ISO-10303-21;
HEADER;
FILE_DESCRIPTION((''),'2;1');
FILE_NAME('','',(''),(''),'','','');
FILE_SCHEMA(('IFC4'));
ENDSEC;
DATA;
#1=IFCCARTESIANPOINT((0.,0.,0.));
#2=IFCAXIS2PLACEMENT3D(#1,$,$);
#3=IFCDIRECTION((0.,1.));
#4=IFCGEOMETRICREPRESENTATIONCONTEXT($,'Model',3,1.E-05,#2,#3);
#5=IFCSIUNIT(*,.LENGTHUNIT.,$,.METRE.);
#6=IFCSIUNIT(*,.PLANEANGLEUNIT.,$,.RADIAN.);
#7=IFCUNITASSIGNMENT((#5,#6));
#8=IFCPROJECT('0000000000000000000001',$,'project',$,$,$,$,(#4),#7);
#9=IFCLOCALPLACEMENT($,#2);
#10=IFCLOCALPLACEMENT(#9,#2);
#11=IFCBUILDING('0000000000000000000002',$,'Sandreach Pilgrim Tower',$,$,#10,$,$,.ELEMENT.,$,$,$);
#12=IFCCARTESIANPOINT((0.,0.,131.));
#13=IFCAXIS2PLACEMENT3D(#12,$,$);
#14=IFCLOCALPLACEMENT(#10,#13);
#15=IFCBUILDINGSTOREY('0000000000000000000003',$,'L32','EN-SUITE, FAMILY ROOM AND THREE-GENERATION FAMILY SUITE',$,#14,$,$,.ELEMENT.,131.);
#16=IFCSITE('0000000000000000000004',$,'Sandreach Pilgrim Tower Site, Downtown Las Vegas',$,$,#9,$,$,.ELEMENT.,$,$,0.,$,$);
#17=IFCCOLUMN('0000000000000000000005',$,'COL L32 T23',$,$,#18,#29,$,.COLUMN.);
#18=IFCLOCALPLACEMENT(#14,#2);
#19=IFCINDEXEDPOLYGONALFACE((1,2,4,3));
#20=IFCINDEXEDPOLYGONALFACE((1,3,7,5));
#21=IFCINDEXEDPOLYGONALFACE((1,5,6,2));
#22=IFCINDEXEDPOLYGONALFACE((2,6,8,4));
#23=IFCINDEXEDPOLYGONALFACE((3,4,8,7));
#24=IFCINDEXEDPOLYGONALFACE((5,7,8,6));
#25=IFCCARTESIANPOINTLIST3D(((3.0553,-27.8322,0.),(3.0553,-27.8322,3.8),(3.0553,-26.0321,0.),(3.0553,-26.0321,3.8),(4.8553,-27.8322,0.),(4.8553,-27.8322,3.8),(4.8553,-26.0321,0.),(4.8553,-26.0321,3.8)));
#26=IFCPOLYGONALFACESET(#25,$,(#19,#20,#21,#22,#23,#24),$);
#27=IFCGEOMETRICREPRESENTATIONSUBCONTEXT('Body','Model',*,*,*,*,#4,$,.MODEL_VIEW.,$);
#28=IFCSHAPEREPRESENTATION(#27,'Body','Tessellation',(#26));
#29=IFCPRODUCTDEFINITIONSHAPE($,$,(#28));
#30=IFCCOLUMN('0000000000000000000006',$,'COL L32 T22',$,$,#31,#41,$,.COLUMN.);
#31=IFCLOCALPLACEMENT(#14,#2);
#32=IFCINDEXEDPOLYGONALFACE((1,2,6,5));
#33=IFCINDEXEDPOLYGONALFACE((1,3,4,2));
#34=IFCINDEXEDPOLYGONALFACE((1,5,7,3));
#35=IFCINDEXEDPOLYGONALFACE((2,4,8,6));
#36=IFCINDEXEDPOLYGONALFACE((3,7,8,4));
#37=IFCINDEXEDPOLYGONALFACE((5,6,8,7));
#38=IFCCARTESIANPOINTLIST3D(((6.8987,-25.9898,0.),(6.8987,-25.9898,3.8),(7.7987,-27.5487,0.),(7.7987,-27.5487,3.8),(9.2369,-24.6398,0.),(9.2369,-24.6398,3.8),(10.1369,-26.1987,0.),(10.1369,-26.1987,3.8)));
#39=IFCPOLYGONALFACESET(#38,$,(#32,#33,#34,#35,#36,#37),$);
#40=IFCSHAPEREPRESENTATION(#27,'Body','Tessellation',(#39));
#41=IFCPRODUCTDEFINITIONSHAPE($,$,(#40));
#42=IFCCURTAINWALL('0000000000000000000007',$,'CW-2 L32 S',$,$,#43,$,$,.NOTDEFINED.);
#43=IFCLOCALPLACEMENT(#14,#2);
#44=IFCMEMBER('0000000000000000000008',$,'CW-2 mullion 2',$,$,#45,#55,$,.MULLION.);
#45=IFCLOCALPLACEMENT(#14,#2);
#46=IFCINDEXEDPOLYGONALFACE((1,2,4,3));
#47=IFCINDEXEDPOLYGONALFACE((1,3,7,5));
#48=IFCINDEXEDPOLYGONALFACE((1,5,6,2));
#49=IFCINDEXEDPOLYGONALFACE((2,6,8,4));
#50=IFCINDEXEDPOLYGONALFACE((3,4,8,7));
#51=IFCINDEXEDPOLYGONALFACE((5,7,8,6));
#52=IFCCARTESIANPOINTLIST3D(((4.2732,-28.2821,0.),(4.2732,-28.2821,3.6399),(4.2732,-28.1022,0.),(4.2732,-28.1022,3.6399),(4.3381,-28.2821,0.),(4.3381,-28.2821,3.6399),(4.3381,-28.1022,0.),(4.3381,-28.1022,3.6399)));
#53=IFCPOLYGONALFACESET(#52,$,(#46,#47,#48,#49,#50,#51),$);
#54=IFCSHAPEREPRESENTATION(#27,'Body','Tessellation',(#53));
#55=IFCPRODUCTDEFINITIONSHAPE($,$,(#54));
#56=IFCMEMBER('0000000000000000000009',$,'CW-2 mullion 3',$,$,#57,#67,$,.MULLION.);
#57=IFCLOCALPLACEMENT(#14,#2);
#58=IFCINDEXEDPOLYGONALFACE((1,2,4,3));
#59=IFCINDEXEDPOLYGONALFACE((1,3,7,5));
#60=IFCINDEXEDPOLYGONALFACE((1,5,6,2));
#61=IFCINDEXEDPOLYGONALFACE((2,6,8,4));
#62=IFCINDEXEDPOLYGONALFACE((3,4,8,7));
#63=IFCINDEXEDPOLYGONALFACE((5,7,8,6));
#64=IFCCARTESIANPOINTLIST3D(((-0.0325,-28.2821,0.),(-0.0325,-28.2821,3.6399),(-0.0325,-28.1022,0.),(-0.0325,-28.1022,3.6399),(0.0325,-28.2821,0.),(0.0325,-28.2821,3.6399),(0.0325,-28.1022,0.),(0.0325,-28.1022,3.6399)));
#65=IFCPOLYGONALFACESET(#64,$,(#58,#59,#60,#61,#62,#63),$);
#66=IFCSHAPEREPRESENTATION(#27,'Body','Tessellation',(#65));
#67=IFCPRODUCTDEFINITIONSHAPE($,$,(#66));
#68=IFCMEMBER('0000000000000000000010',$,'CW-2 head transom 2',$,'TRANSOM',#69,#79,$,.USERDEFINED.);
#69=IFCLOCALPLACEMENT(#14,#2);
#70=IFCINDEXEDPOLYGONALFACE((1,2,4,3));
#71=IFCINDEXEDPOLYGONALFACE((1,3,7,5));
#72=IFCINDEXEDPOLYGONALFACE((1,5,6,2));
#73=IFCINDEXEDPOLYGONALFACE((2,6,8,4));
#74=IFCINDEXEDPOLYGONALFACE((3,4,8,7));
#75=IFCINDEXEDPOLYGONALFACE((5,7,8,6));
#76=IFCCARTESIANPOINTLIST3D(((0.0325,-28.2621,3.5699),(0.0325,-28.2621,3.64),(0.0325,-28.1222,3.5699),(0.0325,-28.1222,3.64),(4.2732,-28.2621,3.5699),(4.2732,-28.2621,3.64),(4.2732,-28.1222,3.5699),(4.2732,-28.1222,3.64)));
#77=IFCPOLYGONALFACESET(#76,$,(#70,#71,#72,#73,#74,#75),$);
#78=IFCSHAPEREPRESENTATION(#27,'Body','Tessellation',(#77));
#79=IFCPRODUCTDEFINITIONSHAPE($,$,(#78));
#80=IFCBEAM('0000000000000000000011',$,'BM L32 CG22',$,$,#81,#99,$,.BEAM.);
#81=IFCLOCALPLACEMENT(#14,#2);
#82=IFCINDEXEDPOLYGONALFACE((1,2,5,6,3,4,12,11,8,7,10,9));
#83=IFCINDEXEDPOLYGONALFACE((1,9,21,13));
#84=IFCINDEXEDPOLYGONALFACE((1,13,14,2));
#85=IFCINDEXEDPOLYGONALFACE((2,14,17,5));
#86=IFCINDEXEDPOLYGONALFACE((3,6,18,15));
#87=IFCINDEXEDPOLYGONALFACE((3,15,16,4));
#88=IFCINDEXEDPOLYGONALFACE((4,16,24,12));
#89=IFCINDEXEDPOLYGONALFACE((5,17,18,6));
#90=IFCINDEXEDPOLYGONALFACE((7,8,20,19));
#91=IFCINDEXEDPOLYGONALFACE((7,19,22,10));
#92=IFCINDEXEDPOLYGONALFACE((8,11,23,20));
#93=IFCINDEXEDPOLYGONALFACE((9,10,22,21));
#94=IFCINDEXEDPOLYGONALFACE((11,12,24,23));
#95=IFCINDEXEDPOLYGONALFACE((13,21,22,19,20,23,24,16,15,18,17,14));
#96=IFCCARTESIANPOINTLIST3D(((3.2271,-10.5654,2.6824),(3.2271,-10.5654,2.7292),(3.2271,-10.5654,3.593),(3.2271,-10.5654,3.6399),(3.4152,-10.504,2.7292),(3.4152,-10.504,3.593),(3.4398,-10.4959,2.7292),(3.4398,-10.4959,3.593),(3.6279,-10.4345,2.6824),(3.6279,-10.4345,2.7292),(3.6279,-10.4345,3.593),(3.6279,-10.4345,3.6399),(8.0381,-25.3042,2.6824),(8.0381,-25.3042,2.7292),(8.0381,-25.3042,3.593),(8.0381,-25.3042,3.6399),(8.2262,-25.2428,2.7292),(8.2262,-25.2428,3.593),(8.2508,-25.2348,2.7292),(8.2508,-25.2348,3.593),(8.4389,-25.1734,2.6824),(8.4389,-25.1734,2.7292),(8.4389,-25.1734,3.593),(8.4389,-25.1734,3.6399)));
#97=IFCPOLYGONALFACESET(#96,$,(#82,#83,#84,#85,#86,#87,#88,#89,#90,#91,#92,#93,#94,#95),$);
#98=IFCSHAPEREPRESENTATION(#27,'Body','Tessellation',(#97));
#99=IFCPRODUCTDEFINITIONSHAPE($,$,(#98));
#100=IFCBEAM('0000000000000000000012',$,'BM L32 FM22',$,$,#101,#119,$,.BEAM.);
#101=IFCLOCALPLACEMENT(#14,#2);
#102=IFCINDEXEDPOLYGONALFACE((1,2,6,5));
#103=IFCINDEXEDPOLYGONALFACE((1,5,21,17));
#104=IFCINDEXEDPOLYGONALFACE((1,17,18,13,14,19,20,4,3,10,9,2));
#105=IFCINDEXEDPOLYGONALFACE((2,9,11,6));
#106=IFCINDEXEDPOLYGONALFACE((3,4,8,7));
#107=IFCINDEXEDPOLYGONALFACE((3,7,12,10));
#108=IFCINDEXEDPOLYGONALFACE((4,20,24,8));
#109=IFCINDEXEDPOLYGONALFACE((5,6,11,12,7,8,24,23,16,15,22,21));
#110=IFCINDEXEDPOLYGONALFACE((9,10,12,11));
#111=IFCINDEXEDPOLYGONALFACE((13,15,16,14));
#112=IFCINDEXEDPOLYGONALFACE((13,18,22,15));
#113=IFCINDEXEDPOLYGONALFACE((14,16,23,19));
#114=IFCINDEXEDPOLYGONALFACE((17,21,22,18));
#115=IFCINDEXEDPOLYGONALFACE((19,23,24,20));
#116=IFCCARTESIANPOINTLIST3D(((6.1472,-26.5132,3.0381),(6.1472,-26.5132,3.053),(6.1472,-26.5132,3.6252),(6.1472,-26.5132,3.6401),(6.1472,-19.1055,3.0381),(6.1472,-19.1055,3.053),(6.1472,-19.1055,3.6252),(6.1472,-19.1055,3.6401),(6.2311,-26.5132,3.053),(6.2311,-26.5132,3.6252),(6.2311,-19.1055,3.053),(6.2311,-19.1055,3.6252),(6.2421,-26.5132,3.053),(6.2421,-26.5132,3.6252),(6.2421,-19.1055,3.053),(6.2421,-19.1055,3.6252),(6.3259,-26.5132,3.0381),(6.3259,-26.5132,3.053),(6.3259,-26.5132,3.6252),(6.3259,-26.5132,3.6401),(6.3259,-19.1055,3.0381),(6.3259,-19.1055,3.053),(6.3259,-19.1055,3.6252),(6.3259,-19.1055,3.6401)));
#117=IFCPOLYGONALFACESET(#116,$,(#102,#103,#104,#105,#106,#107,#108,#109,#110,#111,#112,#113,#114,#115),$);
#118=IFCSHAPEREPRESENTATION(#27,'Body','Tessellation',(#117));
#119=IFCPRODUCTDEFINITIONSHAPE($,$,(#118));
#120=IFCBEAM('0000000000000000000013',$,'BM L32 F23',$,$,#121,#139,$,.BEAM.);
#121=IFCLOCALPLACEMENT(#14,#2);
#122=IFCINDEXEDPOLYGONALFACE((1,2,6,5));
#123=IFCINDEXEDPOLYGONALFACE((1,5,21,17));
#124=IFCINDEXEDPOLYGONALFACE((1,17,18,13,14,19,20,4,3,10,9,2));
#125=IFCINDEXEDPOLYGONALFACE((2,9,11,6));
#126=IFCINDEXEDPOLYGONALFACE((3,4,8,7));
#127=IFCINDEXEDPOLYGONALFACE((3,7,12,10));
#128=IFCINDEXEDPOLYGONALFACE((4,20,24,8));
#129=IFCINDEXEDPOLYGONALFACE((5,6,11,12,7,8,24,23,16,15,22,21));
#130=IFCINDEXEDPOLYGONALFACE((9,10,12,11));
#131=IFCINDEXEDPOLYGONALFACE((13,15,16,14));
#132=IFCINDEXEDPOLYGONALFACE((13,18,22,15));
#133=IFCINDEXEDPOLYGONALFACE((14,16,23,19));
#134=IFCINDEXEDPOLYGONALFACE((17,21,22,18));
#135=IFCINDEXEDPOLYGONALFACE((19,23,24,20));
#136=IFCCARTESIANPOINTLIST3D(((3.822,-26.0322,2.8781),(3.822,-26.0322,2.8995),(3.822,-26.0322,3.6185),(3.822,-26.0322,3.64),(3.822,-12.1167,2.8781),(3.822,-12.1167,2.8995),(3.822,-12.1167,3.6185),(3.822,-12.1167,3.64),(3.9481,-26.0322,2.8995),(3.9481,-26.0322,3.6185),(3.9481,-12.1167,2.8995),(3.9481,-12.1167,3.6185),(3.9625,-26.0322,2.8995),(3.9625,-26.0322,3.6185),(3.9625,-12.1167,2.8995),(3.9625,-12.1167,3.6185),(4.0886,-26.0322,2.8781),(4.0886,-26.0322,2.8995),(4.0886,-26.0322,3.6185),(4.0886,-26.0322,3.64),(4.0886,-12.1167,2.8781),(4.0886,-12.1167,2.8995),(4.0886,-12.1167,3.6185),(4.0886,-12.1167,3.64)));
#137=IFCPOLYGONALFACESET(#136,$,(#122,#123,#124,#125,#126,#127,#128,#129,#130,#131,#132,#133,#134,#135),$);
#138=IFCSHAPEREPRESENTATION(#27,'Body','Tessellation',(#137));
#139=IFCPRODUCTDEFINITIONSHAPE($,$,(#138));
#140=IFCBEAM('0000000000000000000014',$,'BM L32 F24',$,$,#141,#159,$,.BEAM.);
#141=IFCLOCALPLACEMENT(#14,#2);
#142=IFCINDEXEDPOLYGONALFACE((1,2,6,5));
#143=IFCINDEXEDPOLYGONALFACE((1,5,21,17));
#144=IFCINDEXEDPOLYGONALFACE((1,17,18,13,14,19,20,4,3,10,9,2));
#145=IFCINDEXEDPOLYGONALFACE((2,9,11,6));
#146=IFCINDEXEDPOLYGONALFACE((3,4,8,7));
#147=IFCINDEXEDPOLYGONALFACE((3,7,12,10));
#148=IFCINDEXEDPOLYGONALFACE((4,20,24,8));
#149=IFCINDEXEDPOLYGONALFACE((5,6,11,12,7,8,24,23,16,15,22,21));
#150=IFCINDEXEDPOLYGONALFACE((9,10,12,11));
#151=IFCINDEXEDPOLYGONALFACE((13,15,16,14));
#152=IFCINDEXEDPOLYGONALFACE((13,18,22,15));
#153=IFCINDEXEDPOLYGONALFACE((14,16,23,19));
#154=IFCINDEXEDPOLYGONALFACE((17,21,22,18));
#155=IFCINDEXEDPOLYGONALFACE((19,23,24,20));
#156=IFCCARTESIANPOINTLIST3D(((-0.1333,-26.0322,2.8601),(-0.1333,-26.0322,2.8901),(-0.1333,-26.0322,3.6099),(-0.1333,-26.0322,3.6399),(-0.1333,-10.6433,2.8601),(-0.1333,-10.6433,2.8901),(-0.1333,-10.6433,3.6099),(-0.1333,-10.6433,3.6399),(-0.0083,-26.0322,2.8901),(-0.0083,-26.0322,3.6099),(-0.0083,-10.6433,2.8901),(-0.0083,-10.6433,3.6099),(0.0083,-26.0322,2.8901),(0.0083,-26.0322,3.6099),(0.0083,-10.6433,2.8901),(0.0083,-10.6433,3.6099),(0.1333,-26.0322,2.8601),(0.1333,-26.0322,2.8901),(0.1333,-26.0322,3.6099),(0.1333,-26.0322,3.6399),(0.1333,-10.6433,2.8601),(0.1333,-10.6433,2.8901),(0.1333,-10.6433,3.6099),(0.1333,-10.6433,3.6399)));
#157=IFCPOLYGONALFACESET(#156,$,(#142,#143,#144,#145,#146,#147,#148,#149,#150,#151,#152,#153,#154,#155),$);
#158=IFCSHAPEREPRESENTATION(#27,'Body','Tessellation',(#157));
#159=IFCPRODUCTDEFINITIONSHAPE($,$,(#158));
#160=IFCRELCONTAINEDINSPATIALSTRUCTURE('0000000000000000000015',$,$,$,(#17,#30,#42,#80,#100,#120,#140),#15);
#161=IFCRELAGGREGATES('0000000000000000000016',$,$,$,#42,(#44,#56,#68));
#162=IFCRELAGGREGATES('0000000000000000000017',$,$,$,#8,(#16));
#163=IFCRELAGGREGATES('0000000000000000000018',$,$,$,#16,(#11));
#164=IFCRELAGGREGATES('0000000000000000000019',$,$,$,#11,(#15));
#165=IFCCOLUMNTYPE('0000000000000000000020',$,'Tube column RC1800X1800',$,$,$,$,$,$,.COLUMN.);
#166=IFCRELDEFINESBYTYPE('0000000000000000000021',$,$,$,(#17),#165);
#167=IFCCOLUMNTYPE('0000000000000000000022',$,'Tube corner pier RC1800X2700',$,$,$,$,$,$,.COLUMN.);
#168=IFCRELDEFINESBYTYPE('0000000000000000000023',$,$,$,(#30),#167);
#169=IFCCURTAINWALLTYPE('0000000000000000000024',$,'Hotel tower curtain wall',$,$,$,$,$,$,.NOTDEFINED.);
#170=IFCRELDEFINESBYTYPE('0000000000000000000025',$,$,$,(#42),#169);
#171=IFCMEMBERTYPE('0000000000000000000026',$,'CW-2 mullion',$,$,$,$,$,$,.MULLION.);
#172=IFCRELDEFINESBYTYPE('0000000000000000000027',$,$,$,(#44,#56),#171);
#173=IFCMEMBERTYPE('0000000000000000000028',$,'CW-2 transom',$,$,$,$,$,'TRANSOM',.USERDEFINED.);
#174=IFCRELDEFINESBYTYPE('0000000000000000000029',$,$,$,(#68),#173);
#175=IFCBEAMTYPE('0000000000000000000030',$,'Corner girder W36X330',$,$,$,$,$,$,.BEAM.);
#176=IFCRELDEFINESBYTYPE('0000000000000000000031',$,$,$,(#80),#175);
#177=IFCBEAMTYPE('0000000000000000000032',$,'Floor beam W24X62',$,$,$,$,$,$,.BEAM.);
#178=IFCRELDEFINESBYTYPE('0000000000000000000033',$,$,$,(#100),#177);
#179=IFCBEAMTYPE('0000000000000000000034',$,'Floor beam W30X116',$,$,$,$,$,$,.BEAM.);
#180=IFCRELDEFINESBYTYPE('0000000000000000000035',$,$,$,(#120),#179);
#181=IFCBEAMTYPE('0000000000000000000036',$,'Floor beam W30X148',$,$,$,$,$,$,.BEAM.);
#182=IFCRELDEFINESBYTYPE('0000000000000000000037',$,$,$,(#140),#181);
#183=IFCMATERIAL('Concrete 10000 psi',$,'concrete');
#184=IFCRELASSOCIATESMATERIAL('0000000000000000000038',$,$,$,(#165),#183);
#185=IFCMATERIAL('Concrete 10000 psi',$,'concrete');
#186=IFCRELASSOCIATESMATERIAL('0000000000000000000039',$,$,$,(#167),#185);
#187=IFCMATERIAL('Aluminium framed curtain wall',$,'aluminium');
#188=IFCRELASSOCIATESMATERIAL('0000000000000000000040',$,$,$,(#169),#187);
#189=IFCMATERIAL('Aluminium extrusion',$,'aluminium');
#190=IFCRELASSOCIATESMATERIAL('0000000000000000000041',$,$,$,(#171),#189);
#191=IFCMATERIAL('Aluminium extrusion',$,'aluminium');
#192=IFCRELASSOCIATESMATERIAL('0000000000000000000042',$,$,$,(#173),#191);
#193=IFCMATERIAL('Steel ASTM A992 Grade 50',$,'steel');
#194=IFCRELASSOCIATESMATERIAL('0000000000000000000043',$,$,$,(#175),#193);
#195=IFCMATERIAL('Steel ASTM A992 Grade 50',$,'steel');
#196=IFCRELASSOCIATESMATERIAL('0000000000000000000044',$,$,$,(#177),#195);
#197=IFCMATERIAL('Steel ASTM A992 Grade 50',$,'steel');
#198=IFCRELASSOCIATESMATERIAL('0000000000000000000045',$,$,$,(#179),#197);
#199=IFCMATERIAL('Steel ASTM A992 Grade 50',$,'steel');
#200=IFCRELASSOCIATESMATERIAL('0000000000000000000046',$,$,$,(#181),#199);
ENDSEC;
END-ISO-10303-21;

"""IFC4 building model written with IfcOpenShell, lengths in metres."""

from ifc_helpers import new_model, si_unit, direction, frame, origin, origin_2d, place, context, subcontext, project, spatial, rectangle, i_section, extrude, material, material_profile, profile_set, type_object, element, aggregate, save


model = new_model("IFC4")

# Units and contexts
model_context = context("Model", 3, precision=1e-05, world=origin(), true_north=direction((0.0, 1.0)))
body_context = subcontext(model_context, "Body", "Model", "MODEL_VIEW")
ifc_project = project(units=[si_unit("LENGTHUNIT", "METRE"), si_unit("PLANEANGLEUNIT", "RADIAN")], contexts=[model_context])

# Site, building, storey
site_placement = place(None, origin())
site = spatial("IfcSite", under=ifc_project, at=site_placement, Name="Sandreach Pilgrim Tower Site, Downtown Las Vegas", CompositionType="ELEMENT", RefElevation=0.0)
building_placement = place(site_placement, origin())
building = spatial("IfcBuilding", under=site, at=building_placement, Name="Sandreach Pilgrim Tower", CompositionType="ELEMENT")
storey_placement = place(building_placement, frame((0.0, 0.0, 131.0)))
storey = spatial("IfcBuildingStorey", under=building, at=storey_placement, Name="L32", Description="EN-SUITE, FAMILY ROOM AND THREE-GENERATION FAMILY SUITE", CompositionType="ELEMENT", Elevation=131.0)

# Columns
ifc_material_1 = material(Name="Concrete 10000 psi", Category="concrete")
ifc_material_profile_1 = material_profile(ifc_material_1, rectangle(XDim=1.8, YDim=1.8, at=origin_2d()), Name="RC1800X1800")
ifc_profile_set_1 = profile_set([ifc_material_profile_1], Name="Concrete 10000 psi")
column_type_1 = type_object("IfcColumnType", Name="Tube column RC1800X1800", PredefinedType="COLUMN", material=ifc_profile_set_1)
column_1_placement = place(storey_placement, frame((3.9553, -26.9321, 0.0), z_axis=(0.0, 0.0, 1.0), x_axis=(0.0, -1.0, 0.0)))
element("IfcColumn", 1, at=column_1_placement, inside=storey, type_object=column_type_1, Name="COL L32 T23", PredefinedType="COLUMN", context=body_context, shape_type="SweptSolid", body=[
    extrude(rectangle(XDim=1.8, YDim=1.8, at=origin_2d()), origin(), (0.0, 0.0, 1.0), 3.8),
])
ifc_material_2 = material(Name="Concrete 10000 psi", Category="concrete")
ifc_material_profile_2 = material_profile(ifc_material_2, rectangle(XDim=1.8, YDim=2.7, at=origin_2d()), Name="RC1800X2700")
ifc_profile_set_2 = profile_set([ifc_material_profile_2], Name="Concrete 10000 psi")
column_type_2 = type_object("IfcColumnType", Name="Tube corner pier RC1800X2700", PredefinedType="COLUMN", material=ifc_profile_set_2)
column_2_placement = place(storey_placement, frame((8.5178, -26.0942, 0.0), z_axis=(0.0, 0.0, 1.0), x_axis=(0.5, -0.866025, 0.0)))
element("IfcColumn", 2, at=column_2_placement, inside=storey, type_object=column_type_2, Name="COL L32 T22", PredefinedType="COLUMN", context=body_context, shape_type="SweptSolid", body=[
    extrude(rectangle(XDim=1.8, YDim=2.7, at=origin_2d()), origin(), (0.0, 0.0, 1.0), 3.8),
])

# Curtain wall, members
ifc_material_3 = material(Name="Aluminium framed curtain wall", Category="aluminium")
curtain_wall_type = type_object("IfcCurtainWallType", Name="Hotel tower curtain wall", PredefinedType="NOTDEFINED", material=ifc_material_3)
curtain_wall_placement = place(storey_placement, origin())
curtain_wall = element("IfcCurtainWall", 3, at=curtain_wall_placement, inside=storey, type_object=curtain_wall_type, Name="CW-2 L32 S", PredefinedType="NOTDEFINED")
ifc_material_4 = material(Name="Aluminium extrusion", Category="aluminium")
ifc_material_profile_3 = material_profile(ifc_material_4, rectangle(XDim=0.0649, YDim=0.1799, at=origin_2d()), Name="CW-2M 65X180")
ifc_profile_set_3 = profile_set([ifc_material_profile_3], Name="Aluminium extrusion")
member_type_1 = type_object("IfcMemberType", Name="CW-2 mullion", PredefinedType="MULLION", material=ifc_profile_set_3)
member_1_placement = place(storey_placement, frame((4.3057, -28.1921, 0.0), z_axis=(0.0, 0.0, 1.0), x_axis=(-1.0, 0.0, 0.0)))
member_1 = element("IfcMember", 4, at=member_1_placement, type_object=member_type_1, Name="CW-2 mullion 2", PredefinedType="MULLION", context=body_context, shape_type="SweptSolid", body=[
    extrude(rectangle(XDim=0.0649, YDim=0.1799, at=origin_2d()), origin(), (0.0, 0.0, 1.0), 3.6399),
])
member_2_placement = place(storey_placement, frame((0.0, -28.1921, 0.0), z_axis=(0.0, 0.0, 1.0), x_axis=(-1.0, 0.0, 0.0)))
member_2 = element("IfcMember", 5, at=member_2_placement, type_object=member_type_1, Name="CW-2 mullion 3", PredefinedType="MULLION", context=body_context, shape_type="SweptSolid", body=[
    extrude(rectangle(XDim=0.0649, YDim=0.1799, at=origin_2d()), origin(), (0.0, 0.0, 1.0), 3.6399),
])
ifc_material_5 = material(Name="Aluminium extrusion", Category="aluminium")
ifc_material_profile_4 = material_profile(ifc_material_5, rectangle(XDim=0.1399, YDim=0.0701, at=origin_2d()), Name="CW-2T 140X70")
ifc_profile_set_4 = profile_set([ifc_material_profile_4], Name="Aluminium extrusion")
member_type_2 = type_object("IfcMemberType", Name="CW-2 transom", ElementType="TRANSOM", PredefinedType="USERDEFINED", material=ifc_profile_set_4)
member_3_placement = place(storey_placement, frame((4.2732, -28.1921, 3.605), z_axis=(-1.0, 0.0, 0.0), x_axis=(0.0, -1.0, 0.0)))
member_3 = element("IfcMember", 6, at=member_3_placement, type_object=member_type_2, Name="CW-2 head transom 2", ObjectType="TRANSOM", PredefinedType="USERDEFINED", context=body_context, shape_type="SweptSolid", body=[
    extrude(rectangle(XDim=0.1399, YDim=0.0701, at=origin_2d()), origin(), (0.0, 0.0, 1.0), 4.2407),
])

# Beams
ifc_material_6 = material(Name="Steel ASTM A992 Grade 50", Category="steel")
ifc_material_profile_5 = material_profile(ifc_material_6, i_section(OverallWidth=0.4216, OverallDepth=0.9575, WebThickness=0.0259, FlangeThickness=0.0469, at=origin_2d()), Name="W36X330")
ifc_profile_set_5 = profile_set([ifc_material_profile_5], Name="Steel ASTM A992 Grade 50")
beam_type_1 = type_object("IfcBeamType", Name="Corner girder W36X330", PredefinedType="BEAM", material=ifc_profile_set_5)
beam_1_placement = place(storey_placement, frame((8.2385, -25.2388, 3.1611), z_axis=(-0.310307, 0.950636, 0.0), x_axis=(-0.950636, -0.310307, 0.0)))
element("IfcBeam", 7, at=beam_1_placement, inside=storey, type_object=beam_type_1, Name="BM L32 CG22", PredefinedType="BEAM", context=body_context, shape_type="SweptSolid", body=[
    extrude(i_section(OverallWidth=0.4216, OverallDepth=0.9575, WebThickness=0.0259, FlangeThickness=0.0469, at=origin_2d()), origin(), (0.0, 0.0, 1.0), 15.5042),
])
ifc_material_7 = material(Name="Steel ASTM A992 Grade 50", Category="steel")
ifc_material_profile_6 = material_profile(ifc_material_7, i_section(OverallWidth=0.1787, OverallDepth=0.6021, WebThickness=0.011, FlangeThickness=0.0149, at=origin_2d()), Name="W24X62")
ifc_profile_set_6 = profile_set([ifc_material_profile_6], Name="Steel ASTM A992 Grade 50")
beam_type_2 = type_object("IfcBeamType", Name="Floor beam W24X62", PredefinedType="BEAM", material=ifc_profile_set_6)
beam_2_placement = place(storey_placement, frame((6.2366, -26.5132, 3.3391), z_axis=(0.0, 1.0, 0.0), x_axis=(-1.0, 0.0, 0.0)))
element("IfcBeam", 8, at=beam_2_placement, inside=storey, type_object=beam_type_2, Name="BM L32 FM22", PredefinedType="BEAM", context=body_context, shape_type="SweptSolid", body=[
    extrude(i_section(OverallWidth=0.1787, OverallDepth=0.6021, WebThickness=0.011, FlangeThickness=0.0149, at=origin_2d()), origin(), (0.0, 0.0, 1.0), 7.4077),
])
ifc_material_8 = material(Name="Steel ASTM A992 Grade 50", Category="steel")
ifc_material_profile_7 = material_profile(ifc_material_8, i_section(OverallWidth=0.2666, OverallDepth=0.762, WebThickness=0.0144, FlangeThickness=0.0215, at=origin_2d()), Name="W30X116")
ifc_profile_set_7 = profile_set([ifc_material_profile_7], Name="Steel ASTM A992 Grade 50")
beam_type_3 = type_object("IfcBeamType", Name="Floor beam W30X116", PredefinedType="BEAM", material=ifc_profile_set_7)
beam_3_placement = place(storey_placement, frame((3.9553, -26.0322, 3.259), z_axis=(0.0, 1.0, 0.0), x_axis=(-1.0, 0.0, 0.0)))
element("IfcBeam", 9, at=beam_3_placement, inside=storey, type_object=beam_type_3, Name="BM L32 F23", PredefinedType="BEAM", context=body_context, shape_type="SweptSolid", body=[
    extrude(i_section(OverallWidth=0.2666, OverallDepth=0.762, WebThickness=0.0144, FlangeThickness=0.0215, at=origin_2d()), origin(), (0.0, 0.0, 1.0), 13.9155),
])
ifc_material_9 = material(Name="Steel ASTM A992 Grade 50", Category="steel")
ifc_material_profile_8 = material_profile(ifc_material_9, i_section(OverallWidth=0.2666, OverallDepth=0.7798, WebThickness=0.0166, FlangeThickness=0.03, at=origin_2d()), Name="W30X148")
ifc_profile_set_8 = profile_set([ifc_material_profile_8], Name="Steel ASTM A992 Grade 50")
beam_type_4 = type_object("IfcBeamType", Name="Floor beam W30X148", PredefinedType="BEAM", material=ifc_profile_set_8)
beam_4_placement = place(storey_placement, frame((0.0, -26.0322, 3.25), z_axis=(0.0, 1.0, 0.0), x_axis=(-1.0, 0.0, 0.0)))
element("IfcBeam", 10, at=beam_4_placement, inside=storey, type_object=beam_type_4, Name="BM L32 F24", PredefinedType="BEAM", context=body_context, shape_type="SweptSolid", body=[
    extrude(i_section(OverallWidth=0.2666, OverallDepth=0.7798, WebThickness=0.0166, FlangeThickness=0.03, at=origin_2d()), origin(), (0.0, 0.0, 1.0), 15.3889),
])

aggregate(curtain_wall, [member_1, member_2, member_3])

save(model, "model.ifc")
